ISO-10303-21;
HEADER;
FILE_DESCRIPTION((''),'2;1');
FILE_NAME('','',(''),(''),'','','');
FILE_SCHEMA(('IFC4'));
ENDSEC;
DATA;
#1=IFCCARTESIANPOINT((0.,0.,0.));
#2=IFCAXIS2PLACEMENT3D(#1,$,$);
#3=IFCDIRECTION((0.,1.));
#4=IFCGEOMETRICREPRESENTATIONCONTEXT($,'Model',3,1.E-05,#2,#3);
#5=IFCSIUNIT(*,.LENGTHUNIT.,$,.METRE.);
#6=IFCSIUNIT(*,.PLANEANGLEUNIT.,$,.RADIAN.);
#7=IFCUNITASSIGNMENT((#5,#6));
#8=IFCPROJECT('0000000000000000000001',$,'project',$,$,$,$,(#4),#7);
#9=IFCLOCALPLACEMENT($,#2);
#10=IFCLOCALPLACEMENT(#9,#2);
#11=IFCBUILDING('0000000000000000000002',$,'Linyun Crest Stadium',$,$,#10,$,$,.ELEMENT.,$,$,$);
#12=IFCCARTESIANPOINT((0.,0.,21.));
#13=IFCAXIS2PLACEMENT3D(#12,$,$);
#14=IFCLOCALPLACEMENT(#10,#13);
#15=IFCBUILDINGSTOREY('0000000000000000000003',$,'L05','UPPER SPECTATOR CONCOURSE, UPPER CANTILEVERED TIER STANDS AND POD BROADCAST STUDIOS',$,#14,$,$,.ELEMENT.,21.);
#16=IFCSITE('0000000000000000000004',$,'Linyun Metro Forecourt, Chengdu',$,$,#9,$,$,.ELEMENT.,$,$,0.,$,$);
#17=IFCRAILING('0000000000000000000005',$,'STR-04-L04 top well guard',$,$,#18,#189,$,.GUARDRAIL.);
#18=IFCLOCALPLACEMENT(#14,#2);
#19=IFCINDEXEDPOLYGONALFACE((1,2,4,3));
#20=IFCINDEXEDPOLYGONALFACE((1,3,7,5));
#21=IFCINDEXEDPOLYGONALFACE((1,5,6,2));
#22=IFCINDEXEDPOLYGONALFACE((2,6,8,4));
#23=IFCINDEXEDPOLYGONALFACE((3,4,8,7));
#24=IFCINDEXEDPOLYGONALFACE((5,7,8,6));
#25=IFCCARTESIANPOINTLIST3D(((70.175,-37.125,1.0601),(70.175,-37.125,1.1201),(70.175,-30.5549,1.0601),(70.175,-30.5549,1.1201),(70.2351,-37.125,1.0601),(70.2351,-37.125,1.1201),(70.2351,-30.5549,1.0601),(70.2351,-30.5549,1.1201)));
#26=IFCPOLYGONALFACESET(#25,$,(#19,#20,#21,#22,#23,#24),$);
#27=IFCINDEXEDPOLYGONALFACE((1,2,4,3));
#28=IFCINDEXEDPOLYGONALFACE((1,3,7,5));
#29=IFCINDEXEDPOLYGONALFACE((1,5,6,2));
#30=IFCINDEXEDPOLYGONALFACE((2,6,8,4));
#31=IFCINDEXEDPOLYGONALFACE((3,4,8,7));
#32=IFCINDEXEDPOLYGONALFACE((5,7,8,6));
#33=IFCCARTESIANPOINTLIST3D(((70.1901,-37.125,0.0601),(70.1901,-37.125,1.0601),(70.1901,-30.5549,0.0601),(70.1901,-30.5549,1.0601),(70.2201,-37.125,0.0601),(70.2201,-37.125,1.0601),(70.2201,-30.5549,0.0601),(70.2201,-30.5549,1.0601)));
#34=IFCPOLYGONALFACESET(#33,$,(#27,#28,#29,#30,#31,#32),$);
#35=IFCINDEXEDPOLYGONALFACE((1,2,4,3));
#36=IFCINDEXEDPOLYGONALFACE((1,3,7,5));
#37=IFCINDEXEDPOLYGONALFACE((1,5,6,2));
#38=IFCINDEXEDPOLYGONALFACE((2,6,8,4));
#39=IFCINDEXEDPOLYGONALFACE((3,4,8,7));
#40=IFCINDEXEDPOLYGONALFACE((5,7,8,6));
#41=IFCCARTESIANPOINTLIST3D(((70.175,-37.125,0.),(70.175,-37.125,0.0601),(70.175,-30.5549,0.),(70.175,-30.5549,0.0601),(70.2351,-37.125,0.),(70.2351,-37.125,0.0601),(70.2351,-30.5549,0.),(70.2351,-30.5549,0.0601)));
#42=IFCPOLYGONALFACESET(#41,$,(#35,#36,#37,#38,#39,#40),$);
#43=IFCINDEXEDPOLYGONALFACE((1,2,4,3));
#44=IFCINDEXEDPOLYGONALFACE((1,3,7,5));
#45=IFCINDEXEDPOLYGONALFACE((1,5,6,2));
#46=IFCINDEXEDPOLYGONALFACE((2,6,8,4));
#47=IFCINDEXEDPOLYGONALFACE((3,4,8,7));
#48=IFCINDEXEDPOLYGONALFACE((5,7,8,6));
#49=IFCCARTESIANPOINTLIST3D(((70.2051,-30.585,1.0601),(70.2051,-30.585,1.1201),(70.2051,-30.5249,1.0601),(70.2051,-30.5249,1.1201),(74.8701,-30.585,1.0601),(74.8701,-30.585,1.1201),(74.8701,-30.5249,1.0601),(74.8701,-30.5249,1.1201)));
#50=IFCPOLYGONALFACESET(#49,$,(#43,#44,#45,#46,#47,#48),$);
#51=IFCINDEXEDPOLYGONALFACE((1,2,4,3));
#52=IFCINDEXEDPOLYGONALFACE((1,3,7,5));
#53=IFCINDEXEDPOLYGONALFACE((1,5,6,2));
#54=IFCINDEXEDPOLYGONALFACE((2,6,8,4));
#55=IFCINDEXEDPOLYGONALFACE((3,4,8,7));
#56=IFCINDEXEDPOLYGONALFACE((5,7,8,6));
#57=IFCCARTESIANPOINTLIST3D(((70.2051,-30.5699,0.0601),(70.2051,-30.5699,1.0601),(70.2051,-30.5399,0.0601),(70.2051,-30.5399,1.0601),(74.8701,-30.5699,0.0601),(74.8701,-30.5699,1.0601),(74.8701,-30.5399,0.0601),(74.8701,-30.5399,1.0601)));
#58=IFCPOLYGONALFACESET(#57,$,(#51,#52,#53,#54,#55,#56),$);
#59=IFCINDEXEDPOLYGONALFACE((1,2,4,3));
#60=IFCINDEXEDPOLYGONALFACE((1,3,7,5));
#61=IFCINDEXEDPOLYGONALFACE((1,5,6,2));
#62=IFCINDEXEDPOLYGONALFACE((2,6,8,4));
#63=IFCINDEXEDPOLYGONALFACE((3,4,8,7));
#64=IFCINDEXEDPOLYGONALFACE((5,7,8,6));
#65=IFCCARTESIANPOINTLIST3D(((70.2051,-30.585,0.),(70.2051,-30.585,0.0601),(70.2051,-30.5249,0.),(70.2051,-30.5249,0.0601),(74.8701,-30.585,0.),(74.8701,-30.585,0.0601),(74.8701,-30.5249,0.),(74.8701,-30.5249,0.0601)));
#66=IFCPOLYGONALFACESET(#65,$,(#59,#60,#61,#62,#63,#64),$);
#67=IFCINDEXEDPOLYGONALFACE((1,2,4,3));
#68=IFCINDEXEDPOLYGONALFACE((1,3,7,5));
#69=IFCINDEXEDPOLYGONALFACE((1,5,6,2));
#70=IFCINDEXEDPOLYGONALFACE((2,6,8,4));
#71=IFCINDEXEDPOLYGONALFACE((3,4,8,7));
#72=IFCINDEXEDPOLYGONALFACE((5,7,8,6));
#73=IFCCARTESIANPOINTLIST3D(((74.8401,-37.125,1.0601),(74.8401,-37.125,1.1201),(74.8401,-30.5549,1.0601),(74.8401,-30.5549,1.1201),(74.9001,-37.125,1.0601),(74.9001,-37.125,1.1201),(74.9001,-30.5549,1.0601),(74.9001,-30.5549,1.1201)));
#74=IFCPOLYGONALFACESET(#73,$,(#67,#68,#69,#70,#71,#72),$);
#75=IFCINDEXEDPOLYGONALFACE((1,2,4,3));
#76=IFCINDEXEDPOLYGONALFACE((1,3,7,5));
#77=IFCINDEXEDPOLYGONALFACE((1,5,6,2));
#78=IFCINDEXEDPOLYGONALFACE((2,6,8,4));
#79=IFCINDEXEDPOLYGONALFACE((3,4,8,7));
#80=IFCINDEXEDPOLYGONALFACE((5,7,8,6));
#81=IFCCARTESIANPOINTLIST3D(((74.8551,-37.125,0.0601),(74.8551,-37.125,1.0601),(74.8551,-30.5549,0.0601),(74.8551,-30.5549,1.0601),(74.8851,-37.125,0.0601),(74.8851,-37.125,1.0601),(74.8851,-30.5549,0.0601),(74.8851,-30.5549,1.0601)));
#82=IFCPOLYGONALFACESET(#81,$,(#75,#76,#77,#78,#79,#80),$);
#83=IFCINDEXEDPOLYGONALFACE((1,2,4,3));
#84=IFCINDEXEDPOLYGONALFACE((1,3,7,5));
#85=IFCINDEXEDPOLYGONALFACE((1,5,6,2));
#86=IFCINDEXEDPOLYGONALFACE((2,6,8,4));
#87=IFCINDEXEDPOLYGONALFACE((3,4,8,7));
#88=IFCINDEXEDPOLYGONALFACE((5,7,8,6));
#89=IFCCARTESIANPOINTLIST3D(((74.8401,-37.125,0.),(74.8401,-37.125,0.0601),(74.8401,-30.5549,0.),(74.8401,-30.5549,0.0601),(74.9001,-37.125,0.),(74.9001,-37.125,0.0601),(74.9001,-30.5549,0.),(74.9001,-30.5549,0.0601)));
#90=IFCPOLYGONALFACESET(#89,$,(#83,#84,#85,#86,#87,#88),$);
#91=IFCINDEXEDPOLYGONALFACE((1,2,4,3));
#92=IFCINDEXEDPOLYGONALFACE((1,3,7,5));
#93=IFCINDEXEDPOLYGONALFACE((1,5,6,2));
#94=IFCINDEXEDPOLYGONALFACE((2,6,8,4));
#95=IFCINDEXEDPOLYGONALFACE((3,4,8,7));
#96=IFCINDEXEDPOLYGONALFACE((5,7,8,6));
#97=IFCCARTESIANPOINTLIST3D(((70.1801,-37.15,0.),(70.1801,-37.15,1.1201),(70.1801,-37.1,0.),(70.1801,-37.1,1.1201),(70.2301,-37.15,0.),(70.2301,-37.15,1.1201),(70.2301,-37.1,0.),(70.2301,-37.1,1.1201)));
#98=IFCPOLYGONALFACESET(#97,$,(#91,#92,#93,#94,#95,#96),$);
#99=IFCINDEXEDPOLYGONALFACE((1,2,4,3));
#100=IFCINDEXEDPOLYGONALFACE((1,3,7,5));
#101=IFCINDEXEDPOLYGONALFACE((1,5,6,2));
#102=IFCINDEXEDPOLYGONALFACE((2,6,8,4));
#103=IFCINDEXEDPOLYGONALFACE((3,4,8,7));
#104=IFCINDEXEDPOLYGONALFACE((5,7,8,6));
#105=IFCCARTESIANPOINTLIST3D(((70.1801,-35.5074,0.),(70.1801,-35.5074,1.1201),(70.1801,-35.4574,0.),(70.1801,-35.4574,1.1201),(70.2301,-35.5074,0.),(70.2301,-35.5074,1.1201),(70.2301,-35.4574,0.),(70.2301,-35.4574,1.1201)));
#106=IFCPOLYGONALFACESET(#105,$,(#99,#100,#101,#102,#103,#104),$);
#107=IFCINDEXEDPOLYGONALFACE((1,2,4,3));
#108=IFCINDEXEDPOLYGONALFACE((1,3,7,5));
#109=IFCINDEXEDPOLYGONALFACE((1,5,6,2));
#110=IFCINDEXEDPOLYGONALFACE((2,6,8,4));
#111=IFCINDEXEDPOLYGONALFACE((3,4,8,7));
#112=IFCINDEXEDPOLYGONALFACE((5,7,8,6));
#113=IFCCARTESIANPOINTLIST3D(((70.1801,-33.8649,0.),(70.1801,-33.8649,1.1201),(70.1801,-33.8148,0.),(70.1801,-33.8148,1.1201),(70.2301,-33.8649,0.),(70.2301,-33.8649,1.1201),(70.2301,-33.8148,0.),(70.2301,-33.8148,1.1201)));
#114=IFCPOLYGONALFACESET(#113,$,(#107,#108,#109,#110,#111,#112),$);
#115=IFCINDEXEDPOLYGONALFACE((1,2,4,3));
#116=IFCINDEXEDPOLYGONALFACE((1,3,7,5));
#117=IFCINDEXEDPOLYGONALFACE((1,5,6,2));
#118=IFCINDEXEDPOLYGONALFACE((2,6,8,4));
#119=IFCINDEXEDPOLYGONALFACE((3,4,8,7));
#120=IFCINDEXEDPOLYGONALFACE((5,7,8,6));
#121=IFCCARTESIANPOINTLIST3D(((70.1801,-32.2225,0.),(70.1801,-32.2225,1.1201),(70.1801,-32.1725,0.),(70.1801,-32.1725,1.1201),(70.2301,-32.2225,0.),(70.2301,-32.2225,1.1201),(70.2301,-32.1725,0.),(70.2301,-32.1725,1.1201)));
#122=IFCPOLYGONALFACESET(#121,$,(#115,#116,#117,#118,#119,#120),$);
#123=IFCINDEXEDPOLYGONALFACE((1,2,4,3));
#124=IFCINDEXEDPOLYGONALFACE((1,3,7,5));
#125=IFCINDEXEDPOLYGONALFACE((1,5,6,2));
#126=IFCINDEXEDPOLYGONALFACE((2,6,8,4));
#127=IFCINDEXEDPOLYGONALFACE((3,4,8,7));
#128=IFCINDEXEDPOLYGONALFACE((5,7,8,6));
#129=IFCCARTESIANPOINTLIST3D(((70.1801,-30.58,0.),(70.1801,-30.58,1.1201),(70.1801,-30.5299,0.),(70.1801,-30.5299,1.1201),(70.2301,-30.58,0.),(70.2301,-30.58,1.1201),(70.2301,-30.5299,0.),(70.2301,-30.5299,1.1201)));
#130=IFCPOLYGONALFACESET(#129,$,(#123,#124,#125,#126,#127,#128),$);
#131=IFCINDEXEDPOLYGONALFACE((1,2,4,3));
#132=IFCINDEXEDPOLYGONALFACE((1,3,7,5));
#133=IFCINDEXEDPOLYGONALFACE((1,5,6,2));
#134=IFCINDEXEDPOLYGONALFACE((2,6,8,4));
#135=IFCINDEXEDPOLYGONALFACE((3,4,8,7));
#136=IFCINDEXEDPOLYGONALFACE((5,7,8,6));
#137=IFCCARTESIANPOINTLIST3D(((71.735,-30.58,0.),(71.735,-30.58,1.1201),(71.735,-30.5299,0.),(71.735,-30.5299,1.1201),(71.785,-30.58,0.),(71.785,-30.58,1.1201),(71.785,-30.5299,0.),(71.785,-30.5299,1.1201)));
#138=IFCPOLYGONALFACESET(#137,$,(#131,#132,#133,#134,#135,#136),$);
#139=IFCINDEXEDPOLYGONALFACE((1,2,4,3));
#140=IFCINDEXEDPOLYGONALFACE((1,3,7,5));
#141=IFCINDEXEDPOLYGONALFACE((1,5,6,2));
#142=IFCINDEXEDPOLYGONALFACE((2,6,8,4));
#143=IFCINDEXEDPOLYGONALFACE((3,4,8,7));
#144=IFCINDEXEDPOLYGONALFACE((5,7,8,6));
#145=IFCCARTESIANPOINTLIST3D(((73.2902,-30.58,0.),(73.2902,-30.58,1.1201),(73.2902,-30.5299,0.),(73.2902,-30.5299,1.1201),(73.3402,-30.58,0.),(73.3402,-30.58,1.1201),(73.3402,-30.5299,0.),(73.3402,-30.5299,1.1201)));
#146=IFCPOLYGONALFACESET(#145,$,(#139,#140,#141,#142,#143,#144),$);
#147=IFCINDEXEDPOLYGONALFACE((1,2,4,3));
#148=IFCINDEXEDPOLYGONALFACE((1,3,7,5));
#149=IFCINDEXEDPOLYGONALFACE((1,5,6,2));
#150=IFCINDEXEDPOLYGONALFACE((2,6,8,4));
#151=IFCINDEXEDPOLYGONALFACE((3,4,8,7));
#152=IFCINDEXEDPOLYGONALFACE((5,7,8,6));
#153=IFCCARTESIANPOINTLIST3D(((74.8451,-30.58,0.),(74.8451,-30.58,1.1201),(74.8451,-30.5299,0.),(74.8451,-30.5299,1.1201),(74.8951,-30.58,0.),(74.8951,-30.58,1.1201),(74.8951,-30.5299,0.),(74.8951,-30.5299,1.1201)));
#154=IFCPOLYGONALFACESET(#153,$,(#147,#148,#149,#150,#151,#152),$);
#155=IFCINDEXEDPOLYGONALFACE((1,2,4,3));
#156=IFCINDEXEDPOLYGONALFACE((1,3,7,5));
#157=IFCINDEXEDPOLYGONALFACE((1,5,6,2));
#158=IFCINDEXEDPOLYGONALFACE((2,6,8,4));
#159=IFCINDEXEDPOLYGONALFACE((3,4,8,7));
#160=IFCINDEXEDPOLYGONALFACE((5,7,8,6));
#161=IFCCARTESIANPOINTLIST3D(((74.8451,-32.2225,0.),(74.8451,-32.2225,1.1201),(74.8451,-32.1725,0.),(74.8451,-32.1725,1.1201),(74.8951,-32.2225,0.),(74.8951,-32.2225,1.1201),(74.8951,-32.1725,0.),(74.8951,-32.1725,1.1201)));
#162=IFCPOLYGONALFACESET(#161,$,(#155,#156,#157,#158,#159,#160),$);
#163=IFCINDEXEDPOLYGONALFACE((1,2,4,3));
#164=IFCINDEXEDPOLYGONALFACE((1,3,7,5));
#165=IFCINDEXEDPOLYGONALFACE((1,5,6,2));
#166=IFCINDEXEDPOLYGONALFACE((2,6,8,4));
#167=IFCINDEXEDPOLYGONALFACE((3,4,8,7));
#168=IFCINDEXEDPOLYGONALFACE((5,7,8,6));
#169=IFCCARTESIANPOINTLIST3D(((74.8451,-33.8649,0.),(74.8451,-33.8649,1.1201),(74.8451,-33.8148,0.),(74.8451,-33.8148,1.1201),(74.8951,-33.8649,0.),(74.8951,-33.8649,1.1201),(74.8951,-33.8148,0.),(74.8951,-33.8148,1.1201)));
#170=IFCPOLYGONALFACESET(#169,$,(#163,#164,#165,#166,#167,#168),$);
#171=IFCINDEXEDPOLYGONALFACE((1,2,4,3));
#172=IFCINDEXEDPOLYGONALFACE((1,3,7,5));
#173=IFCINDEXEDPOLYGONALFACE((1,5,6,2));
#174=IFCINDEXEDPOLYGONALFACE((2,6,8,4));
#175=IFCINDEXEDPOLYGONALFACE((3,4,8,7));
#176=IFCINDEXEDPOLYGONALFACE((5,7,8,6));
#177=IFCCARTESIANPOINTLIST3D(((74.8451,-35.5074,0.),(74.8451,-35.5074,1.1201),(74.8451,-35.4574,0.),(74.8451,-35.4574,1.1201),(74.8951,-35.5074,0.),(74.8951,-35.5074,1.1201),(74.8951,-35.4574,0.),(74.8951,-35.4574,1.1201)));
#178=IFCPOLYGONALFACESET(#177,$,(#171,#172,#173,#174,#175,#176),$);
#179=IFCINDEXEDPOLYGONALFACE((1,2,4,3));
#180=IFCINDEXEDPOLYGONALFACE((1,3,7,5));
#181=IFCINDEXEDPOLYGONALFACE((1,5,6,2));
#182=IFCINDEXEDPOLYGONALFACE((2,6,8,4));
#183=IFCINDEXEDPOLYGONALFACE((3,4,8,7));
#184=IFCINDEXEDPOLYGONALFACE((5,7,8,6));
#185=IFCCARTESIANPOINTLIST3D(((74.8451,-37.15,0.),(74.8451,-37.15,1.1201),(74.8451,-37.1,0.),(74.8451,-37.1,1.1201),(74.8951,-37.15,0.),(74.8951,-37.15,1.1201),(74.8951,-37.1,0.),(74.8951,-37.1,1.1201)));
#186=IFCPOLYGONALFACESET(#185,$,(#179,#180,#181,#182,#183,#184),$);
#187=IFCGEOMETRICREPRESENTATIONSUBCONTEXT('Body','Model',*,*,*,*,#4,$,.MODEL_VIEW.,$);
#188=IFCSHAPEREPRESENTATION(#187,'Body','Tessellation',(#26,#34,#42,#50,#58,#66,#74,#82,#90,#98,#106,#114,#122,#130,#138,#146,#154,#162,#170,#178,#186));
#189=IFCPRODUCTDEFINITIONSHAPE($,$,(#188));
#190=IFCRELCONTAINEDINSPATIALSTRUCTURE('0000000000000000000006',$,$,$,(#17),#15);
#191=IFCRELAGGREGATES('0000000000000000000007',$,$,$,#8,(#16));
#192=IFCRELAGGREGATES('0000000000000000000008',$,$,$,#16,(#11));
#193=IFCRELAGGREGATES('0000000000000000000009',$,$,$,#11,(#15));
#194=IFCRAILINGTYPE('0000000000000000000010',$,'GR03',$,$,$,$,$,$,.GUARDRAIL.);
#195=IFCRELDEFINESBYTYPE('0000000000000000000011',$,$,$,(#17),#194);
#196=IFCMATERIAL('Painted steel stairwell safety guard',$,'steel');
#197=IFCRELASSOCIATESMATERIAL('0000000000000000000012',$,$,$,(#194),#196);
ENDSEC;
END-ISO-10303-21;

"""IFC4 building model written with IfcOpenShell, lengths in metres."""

from ifc_helpers import new_model, si_unit, direction, frame, origin, origin_2d, place, context, subcontext, project, spatial, rectangle, extrude, material, type_object, element, save


model = new_model("IFC4")

# Units and contexts
model_context = context("Model", 3, precision=1e-05, world=origin(), true_north=direction((0.0, 1.0)))
body_context = subcontext(model_context, "Body", "Model", "MODEL_VIEW")
ifc_project = project(units=[si_unit("LENGTHUNIT", "METRE"), si_unit("PLANEANGLEUNIT", "RADIAN")], contexts=[model_context])

# Site, building, storey
site_placement = place(None, origin())
site = spatial("IfcSite", under=ifc_project, at=site_placement, Name="Linyun Metro Forecourt, Chengdu", CompositionType="ELEMENT", RefElevation=0.0)
building_placement = place(site_placement, origin())
building = spatial("IfcBuilding", under=site, at=building_placement, Name="Linyun Crest Stadium", CompositionType="ELEMENT")
storey_placement = place(building_placement, frame((0.0, 0.0, 21.0)))
storey = spatial("IfcBuildingStorey", under=building, at=storey_placement, Name="L05", Description="UPPER SPECTATOR CONCOURSE, UPPER CANTILEVERED TIER STANDS AND POD BROADCAST STUDIOS", CompositionType="ELEMENT", Elevation=21.0)

# Railing
ifc_material_1 = material(Name="Painted steel stairwell safety guard", Category="steel")
railing_type_1 = type_object("IfcRailingType", Name="GR03", PredefinedType="GUARDRAIL", material=ifc_material_1)
railing_1_placement = place(storey_placement, frame((70.2051, -37.125, 0.0)))
element("IfcRailing", 1, at=railing_1_placement, inside=storey, type_object=railing_type_1, Name="STR-04-L04 top well guard", PredefinedType="GUARDRAIL", context=body_context, shape_type="SweptSolid", body=[
    extrude(rectangle(XDim=0.0601, YDim=0.0601, at=origin_2d()), frame((0.0, 0.0, 1.0901), z_axis=(0.0, 1.0, 0.0), x_axis=(-1.0, 0.0, 0.0)), (0.0, 0.0, 1.0), 6.5701),
    extrude(rectangle(XDim=0.03, YDim=1.0, at=origin_2d()), frame((0.0, 0.0, 0.5601), z_axis=(0.0, 1.0, 0.0), x_axis=(-1.0, 0.0, 0.0)), (0.0, 0.0, 1.0), 6.5701),
    extrude(rectangle(XDim=0.0601, YDim=0.0601, at=origin_2d()), frame((0.0, 0.0, 0.03), z_axis=(0.0, 1.0, 0.0), x_axis=(-1.0, 0.0, 0.0)), (0.0, 0.0, 1.0), 6.5701),
    extrude(rectangle(XDim=0.0601, YDim=0.0601, at=origin_2d()), frame((0.0, 6.5701, 1.0901), z_axis=(1.0, 0.0, 0.0), x_axis=(0.0, 1.0, 0.0)), (0.0, 0.0, 1.0), 4.665),
    extrude(rectangle(XDim=0.03, YDim=1.0, at=origin_2d()), frame((0.0, 6.5701, 0.5601), z_axis=(1.0, 0.0, 0.0), x_axis=(0.0, 1.0, 0.0)), (0.0, 0.0, 1.0), 4.665),
    extrude(rectangle(XDim=0.0601, YDim=0.0601, at=origin_2d()), frame((0.0, 6.5701, 0.03), z_axis=(1.0, 0.0, 0.0), x_axis=(0.0, 1.0, 0.0)), (0.0, 0.0, 1.0), 4.665),
    extrude(rectangle(XDim=0.0601, YDim=0.0601, at=origin_2d()), frame((4.665, 6.5701, 1.0901), z_axis=(0.0, -1.0, 0.0), x_axis=(1.0, 0.0, 0.0)), (0.0, 0.0, 1.0), 6.5701),
    extrude(rectangle(XDim=0.03, YDim=1.0, at=origin_2d()), frame((4.665, 6.5701, 0.5601), z_axis=(0.0, -1.0, 0.0), x_axis=(1.0, 0.0, 0.0)), (0.0, 0.0, 1.0), 6.5701),
    extrude(rectangle(XDim=0.0601, YDim=0.0601, at=origin_2d()), frame((4.665, 6.5701, 0.03), z_axis=(0.0, -1.0, 0.0), x_axis=(1.0, 0.0, 0.0)), (0.0, 0.0, 1.0), 6.5701),
    extrude(rectangle(XDim=0.05, YDim=0.05, at=origin_2d()), origin(), (0.0, 0.0, 1.0), 1.1201),
    extrude(rectangle(XDim=0.05, YDim=0.05, at=origin_2d()), frame((0.0, 1.6426, 0.0)), (0.0, 0.0, 1.0), 1.1201),
    extrude(rectangle(XDim=0.05, YDim=0.05, at=origin_2d()), frame((0.0, 3.2852, 0.0)), (0.0, 0.0, 1.0), 1.1201),
    extrude(rectangle(XDim=0.05, YDim=0.05, at=origin_2d()), frame((0.0, 4.9275, 0.0)), (0.0, 0.0, 1.0), 1.1201),
    extrude(rectangle(XDim=0.05, YDim=0.05, at=origin_2d()), frame((0.0, 6.5701, 0.0)), (0.0, 0.0, 1.0), 1.1201),
    extrude(rectangle(XDim=0.05, YDim=0.05, at=origin_2d()), frame((1.5549, 6.5701, 0.0)), (0.0, 0.0, 1.0), 1.1201),
    extrude(rectangle(XDim=0.05, YDim=0.05, at=origin_2d()), frame((3.1101, 6.5701, 0.0)), (0.0, 0.0, 1.0), 1.1201),
    extrude(rectangle(XDim=0.05, YDim=0.05, at=origin_2d()), frame((4.665, 6.5701, 0.0)), (0.0, 0.0, 1.0), 1.1201),
    extrude(rectangle(XDim=0.05, YDim=0.05, at=origin_2d()), frame((4.665, 4.9275, 0.0)), (0.0, 0.0, 1.0), 1.1201),
    extrude(rectangle(XDim=0.05, YDim=0.05, at=origin_2d()), frame((4.665, 3.2852, 0.0)), (0.0, 0.0, 1.0), 1.1201),
    extrude(rectangle(XDim=0.05, YDim=0.05, at=origin_2d()), frame((4.665, 1.6426, 0.0)), (0.0, 0.0, 1.0), 1.1201),
    extrude(rectangle(XDim=0.05, YDim=0.05, at=origin_2d()), frame((4.665, 0.0, 0.0)), (0.0, 0.0, 1.0), 1.1201),
])

save(model, "model.ifc")
